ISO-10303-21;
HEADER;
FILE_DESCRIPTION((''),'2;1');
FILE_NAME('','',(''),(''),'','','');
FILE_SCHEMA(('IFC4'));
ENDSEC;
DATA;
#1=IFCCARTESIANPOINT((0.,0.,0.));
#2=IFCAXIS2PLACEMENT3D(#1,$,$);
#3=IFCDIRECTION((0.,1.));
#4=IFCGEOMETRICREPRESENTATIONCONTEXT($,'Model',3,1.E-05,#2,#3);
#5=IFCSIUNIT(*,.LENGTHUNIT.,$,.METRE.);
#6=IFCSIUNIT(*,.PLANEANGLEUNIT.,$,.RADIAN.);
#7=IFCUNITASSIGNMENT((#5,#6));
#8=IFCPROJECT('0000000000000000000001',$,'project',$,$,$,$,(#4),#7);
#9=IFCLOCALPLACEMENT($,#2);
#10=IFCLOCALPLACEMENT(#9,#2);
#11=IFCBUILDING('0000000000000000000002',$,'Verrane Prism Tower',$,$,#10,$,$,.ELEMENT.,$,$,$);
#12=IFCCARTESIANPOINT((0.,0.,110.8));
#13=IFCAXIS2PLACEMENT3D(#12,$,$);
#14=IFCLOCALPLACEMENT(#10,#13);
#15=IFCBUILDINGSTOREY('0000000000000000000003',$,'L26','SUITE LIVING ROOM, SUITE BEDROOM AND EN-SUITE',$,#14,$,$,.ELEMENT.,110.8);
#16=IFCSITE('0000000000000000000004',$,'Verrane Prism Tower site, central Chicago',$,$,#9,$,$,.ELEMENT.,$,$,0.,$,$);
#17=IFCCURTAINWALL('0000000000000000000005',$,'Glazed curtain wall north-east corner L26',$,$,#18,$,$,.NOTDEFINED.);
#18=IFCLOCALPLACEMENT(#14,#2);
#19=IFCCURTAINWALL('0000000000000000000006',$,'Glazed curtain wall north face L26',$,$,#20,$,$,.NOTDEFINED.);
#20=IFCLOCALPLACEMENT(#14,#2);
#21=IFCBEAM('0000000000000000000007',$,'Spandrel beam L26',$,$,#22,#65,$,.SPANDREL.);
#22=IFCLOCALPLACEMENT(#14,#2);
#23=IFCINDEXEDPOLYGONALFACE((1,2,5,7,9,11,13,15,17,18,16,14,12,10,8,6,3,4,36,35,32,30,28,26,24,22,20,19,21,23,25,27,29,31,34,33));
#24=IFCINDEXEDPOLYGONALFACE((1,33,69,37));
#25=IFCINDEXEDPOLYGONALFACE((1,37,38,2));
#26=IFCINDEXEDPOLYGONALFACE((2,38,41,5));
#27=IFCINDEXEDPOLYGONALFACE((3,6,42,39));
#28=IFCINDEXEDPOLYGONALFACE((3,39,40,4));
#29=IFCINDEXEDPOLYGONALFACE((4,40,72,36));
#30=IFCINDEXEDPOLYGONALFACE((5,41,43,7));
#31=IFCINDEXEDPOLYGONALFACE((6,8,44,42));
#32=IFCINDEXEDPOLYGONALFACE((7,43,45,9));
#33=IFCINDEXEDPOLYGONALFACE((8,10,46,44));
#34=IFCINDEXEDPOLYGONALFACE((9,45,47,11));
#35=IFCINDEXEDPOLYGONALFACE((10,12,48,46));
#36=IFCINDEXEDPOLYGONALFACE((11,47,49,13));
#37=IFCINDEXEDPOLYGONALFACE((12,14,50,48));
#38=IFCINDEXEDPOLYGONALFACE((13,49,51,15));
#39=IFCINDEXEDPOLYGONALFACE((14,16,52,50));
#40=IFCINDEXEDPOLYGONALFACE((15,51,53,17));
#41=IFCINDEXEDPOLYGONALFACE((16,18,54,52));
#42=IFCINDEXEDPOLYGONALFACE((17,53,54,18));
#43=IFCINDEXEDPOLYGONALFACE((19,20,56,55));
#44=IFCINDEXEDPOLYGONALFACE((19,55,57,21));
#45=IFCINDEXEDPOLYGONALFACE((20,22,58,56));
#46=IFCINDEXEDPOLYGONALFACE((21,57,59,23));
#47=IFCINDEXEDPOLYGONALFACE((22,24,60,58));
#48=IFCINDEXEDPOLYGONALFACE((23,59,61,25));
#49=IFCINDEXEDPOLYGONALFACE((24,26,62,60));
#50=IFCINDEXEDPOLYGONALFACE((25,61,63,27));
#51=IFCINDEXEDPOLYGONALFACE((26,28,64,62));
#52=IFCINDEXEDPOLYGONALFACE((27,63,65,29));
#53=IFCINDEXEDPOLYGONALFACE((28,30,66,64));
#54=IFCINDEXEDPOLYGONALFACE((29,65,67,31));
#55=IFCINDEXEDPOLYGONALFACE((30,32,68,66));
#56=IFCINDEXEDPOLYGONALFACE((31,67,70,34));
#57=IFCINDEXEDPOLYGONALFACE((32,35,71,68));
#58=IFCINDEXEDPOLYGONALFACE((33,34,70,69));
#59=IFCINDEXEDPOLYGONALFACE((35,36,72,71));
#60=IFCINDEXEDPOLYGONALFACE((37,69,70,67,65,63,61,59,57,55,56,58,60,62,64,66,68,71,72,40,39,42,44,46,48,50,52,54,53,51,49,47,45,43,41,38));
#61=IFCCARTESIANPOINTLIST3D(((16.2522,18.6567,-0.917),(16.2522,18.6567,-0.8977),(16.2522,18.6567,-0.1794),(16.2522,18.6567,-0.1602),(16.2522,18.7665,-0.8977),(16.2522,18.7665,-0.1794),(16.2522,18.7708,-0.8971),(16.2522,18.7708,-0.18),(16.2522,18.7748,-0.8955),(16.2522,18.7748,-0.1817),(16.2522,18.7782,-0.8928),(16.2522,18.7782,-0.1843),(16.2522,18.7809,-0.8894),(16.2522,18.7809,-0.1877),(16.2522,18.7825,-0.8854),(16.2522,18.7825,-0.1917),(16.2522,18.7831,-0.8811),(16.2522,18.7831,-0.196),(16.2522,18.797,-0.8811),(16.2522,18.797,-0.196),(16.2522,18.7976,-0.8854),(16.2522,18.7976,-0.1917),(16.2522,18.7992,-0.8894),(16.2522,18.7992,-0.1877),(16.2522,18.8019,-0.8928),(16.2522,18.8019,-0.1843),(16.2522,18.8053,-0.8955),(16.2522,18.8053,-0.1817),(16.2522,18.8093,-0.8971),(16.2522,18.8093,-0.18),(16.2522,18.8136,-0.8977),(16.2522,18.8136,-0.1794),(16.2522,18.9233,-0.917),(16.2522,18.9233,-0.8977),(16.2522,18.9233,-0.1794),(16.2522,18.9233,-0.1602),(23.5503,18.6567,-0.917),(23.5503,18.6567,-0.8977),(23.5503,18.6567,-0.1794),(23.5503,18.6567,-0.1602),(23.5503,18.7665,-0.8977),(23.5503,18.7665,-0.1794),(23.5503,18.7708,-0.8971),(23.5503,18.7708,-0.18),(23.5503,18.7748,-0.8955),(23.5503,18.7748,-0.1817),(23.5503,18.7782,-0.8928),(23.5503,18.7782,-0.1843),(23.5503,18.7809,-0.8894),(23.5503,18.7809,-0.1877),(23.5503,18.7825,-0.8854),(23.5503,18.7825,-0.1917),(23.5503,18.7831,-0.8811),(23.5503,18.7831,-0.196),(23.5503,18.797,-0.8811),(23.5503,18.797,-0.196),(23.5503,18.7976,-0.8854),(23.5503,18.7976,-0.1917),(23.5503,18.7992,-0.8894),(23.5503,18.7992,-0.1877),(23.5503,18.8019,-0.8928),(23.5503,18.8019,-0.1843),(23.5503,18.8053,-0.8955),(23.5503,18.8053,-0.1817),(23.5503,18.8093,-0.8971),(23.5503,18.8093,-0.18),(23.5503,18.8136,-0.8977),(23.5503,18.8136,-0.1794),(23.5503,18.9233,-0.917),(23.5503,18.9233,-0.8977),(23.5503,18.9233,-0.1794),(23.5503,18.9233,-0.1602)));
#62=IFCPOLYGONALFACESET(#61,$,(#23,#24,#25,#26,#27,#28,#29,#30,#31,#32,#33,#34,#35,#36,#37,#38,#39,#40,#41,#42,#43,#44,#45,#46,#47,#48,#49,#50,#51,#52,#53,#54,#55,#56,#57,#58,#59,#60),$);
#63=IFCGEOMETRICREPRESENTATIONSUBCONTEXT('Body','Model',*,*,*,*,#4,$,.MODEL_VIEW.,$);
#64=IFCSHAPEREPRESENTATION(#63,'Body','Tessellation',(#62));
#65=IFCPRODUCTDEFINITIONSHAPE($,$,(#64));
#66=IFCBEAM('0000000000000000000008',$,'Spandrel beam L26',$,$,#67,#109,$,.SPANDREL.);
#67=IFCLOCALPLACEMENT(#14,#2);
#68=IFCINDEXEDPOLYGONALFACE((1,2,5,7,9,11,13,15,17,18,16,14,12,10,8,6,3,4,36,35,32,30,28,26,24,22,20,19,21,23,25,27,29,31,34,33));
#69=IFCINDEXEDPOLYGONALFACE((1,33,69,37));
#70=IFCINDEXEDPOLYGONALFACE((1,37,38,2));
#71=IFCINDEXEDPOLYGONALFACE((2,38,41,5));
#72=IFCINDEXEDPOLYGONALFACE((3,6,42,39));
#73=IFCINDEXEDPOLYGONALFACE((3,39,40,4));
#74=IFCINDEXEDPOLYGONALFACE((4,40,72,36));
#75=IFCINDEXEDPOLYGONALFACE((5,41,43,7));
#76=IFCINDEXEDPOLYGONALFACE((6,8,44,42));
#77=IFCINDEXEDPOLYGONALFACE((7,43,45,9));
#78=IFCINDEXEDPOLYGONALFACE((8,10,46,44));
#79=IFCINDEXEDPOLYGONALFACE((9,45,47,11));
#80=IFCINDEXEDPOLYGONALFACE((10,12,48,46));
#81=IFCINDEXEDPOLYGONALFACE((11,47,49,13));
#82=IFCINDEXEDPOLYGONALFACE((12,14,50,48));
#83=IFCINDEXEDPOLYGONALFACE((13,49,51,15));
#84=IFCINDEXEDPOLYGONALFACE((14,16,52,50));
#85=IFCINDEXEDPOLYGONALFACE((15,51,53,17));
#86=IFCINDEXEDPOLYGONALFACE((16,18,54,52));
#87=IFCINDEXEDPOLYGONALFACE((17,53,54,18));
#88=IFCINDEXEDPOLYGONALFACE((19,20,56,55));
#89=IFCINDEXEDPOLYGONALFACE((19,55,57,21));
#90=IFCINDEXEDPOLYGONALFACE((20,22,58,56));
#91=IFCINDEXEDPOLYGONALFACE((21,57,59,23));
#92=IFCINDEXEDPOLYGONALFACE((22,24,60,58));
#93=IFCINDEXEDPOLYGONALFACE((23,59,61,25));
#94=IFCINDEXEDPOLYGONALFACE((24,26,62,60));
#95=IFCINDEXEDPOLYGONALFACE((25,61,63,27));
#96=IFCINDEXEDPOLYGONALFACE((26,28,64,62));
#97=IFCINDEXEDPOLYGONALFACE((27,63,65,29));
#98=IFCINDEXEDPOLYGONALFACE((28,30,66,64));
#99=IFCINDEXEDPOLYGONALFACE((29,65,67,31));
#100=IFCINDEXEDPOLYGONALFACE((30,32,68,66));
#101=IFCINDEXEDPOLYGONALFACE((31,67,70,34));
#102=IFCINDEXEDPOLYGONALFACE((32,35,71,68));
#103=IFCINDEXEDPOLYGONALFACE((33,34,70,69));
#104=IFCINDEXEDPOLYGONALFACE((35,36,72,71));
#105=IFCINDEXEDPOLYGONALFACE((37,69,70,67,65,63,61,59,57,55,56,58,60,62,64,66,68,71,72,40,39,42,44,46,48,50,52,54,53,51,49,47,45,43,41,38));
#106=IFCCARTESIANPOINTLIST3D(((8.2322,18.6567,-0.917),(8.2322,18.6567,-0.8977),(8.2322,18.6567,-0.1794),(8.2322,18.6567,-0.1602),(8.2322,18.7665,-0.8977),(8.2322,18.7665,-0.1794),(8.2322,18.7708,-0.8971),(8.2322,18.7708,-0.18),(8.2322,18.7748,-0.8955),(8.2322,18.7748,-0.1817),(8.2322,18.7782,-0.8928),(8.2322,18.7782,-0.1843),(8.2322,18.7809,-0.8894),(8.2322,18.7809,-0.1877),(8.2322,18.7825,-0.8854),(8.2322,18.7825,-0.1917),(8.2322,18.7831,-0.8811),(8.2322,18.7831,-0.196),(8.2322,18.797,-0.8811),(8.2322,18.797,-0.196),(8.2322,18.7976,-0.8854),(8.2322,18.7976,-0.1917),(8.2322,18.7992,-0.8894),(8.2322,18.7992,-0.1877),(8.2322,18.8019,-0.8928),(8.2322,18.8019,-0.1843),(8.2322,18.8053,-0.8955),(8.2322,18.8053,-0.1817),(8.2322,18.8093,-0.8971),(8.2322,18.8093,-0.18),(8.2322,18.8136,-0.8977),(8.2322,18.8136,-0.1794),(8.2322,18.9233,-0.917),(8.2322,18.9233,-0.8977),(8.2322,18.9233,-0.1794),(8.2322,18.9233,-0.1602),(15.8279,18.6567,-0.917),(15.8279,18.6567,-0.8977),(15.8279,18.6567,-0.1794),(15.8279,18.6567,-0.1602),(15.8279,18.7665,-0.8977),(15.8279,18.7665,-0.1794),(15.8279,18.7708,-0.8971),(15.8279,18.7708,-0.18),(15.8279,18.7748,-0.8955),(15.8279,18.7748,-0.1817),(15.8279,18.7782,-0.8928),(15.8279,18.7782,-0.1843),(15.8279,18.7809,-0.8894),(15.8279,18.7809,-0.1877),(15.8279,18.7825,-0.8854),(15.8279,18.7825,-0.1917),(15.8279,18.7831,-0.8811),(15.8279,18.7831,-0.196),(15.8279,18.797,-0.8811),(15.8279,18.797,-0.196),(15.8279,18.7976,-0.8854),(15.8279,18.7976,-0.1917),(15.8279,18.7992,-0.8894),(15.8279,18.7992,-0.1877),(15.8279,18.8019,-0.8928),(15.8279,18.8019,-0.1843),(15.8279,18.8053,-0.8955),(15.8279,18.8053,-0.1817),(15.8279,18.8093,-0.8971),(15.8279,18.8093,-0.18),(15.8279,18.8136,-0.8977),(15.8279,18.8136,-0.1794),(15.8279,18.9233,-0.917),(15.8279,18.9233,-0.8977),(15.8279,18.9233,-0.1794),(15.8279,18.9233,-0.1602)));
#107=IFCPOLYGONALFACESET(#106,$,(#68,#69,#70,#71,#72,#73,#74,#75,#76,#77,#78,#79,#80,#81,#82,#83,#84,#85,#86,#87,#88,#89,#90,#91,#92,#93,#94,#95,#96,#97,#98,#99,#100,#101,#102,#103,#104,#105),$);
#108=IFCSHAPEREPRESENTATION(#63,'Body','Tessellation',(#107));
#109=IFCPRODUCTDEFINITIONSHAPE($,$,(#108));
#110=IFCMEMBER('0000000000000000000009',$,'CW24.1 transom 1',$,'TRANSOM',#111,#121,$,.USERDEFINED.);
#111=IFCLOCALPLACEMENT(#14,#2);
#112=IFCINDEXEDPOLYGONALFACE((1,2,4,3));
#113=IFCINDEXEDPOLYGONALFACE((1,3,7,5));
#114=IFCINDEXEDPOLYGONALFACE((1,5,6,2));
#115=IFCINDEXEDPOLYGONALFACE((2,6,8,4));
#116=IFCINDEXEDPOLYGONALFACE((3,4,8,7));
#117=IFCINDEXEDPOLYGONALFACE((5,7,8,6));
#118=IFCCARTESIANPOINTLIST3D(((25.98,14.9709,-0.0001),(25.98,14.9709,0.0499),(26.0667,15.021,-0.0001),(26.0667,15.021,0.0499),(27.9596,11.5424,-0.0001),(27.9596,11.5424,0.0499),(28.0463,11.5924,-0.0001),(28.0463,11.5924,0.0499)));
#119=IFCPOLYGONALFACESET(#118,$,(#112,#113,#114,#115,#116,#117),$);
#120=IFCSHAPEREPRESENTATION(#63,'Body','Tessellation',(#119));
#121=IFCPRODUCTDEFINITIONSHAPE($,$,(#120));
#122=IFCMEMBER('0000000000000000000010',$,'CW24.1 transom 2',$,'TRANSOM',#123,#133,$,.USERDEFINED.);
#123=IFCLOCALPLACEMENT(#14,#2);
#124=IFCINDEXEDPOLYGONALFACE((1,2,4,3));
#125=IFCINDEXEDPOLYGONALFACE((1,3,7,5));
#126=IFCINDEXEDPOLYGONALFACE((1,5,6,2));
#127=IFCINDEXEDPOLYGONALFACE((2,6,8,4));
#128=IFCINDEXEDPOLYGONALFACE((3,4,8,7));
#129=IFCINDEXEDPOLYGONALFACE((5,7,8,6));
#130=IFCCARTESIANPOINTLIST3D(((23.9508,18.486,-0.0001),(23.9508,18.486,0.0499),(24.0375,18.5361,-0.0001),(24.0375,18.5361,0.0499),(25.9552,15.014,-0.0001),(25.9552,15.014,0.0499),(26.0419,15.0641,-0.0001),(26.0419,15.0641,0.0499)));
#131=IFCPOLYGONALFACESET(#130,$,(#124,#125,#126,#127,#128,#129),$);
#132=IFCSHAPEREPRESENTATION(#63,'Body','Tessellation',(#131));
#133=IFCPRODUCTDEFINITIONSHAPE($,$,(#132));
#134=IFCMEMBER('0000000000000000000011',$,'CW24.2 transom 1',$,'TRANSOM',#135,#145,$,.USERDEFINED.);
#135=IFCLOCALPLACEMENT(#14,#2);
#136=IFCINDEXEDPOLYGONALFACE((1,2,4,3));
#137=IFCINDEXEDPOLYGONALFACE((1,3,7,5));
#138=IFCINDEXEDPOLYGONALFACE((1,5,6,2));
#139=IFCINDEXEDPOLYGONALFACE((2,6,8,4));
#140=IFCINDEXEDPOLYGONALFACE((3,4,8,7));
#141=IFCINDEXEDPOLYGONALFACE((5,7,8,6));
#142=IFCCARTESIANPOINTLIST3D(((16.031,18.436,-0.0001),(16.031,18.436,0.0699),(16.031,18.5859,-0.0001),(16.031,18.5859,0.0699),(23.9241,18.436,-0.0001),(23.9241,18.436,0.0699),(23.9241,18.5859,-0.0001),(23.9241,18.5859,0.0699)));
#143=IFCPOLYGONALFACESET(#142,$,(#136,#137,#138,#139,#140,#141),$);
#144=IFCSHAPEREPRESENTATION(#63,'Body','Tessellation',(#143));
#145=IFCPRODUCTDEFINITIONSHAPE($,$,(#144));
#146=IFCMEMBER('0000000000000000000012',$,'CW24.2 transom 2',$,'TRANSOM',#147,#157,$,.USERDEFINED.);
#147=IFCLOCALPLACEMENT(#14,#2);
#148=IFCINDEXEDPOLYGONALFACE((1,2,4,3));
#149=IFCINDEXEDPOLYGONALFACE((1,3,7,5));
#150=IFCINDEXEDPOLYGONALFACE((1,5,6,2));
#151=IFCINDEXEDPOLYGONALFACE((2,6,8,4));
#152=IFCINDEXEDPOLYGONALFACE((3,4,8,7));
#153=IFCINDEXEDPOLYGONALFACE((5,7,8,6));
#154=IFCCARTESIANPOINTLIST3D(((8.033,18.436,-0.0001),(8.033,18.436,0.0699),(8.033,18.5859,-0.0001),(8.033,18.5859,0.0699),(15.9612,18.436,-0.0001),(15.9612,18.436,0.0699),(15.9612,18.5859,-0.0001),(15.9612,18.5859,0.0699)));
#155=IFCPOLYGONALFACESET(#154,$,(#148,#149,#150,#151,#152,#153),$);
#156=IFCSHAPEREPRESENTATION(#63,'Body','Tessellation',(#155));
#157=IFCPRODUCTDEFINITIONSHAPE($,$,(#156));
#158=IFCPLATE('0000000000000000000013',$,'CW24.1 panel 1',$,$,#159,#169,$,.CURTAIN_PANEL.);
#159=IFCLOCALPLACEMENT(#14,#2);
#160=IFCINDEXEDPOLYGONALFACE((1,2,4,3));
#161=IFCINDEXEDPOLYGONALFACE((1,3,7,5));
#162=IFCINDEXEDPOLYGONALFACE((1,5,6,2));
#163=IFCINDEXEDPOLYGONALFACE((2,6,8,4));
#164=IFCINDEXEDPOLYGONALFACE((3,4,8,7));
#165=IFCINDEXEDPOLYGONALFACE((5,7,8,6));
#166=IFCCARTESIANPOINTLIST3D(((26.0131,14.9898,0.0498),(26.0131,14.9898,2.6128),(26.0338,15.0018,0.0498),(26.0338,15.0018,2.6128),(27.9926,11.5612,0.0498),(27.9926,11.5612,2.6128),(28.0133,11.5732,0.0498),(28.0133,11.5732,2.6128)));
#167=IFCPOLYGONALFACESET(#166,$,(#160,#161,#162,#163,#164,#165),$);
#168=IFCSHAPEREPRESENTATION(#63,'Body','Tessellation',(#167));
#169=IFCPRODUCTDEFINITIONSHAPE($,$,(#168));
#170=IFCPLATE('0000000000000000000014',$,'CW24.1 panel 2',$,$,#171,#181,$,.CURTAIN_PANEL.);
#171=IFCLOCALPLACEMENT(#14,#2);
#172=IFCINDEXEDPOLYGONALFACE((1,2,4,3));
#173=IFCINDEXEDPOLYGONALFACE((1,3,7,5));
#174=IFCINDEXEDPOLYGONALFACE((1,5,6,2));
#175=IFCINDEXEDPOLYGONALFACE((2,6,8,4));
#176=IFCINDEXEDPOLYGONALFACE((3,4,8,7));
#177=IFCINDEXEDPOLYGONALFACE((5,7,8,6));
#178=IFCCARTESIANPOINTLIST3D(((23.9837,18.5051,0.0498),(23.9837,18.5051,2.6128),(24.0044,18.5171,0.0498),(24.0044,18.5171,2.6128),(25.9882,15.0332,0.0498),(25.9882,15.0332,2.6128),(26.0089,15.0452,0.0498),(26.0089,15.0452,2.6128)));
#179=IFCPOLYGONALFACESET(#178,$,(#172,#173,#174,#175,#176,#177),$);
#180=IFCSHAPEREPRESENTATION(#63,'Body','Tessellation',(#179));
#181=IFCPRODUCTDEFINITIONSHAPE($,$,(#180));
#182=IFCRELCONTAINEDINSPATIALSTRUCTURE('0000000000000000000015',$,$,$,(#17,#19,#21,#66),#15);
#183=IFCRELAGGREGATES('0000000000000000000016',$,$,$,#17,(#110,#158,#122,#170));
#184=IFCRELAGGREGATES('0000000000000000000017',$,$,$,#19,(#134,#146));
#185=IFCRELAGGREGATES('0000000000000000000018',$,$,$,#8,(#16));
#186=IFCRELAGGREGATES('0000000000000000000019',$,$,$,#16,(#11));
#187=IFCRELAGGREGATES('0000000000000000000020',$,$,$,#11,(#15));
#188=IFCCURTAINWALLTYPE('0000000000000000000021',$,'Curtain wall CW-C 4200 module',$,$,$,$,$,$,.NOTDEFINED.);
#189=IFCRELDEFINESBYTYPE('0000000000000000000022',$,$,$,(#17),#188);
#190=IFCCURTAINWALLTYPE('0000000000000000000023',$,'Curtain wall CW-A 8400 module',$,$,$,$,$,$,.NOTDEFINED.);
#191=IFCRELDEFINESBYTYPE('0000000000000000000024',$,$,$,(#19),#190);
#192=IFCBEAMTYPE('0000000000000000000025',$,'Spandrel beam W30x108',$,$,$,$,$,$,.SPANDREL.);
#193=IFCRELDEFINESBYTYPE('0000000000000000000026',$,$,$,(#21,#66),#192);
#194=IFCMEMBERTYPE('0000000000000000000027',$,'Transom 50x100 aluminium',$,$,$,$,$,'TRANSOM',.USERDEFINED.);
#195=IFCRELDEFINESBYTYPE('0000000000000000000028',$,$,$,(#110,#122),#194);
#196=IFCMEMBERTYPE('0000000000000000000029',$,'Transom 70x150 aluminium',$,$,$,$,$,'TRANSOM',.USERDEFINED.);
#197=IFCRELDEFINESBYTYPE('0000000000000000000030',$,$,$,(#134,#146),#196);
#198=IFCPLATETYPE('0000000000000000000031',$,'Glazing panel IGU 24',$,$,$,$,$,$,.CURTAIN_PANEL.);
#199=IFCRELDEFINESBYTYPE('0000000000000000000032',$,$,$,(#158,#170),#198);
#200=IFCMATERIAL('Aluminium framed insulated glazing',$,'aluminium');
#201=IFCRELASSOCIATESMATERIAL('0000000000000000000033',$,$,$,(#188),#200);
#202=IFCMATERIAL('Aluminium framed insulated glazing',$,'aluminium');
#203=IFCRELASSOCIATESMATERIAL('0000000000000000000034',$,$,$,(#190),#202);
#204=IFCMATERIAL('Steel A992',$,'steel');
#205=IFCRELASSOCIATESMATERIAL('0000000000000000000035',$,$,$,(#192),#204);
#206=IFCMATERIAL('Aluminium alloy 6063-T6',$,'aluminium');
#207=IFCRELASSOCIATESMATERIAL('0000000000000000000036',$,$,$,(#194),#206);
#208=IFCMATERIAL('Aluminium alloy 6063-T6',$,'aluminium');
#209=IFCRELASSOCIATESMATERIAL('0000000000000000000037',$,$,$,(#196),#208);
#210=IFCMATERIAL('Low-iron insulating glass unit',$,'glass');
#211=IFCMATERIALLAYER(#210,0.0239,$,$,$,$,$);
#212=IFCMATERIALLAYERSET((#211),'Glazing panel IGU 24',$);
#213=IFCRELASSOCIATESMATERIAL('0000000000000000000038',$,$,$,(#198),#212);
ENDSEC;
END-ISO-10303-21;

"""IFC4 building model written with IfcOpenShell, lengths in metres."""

from ifc_helpers import new_model, si_unit, direction, frame, origin, origin_2d, place, context, subcontext, project, spatial, rectangle, i_section, extrude, material, layer, layer_set, material_profile, profile_set, type_object, element, aggregate, save


model = new_model("IFC4")

# Units and contexts
model_context = context("Model", 3, precision=1e-05, world=origin(), true_north=direction((0.0, 1.0)))
body_context = subcontext(model_context, "Body", "Model", "MODEL_VIEW")
ifc_project = project(units=[si_unit("LENGTHUNIT", "METRE"), si_unit("PLANEANGLEUNIT", "RADIAN")], contexts=[model_context])

# Site, building, storey
site_placement = place(None, origin())
site = spatial("IfcSite", under=ifc_project, at=site_placement, Name="Verrane Prism Tower site, central Chicago", CompositionType="ELEMENT", RefElevation=0.0)
building_placement = place(site_placement, origin())
building = spatial("IfcBuilding", under=site, at=building_placement, Name="Verrane Prism Tower", CompositionType="ELEMENT")
storey_placement = place(building_placement, frame((0.0, 0.0, 110.8)))
storey = spatial("IfcBuildingStorey", under=building, at=storey_placement, Name="L26", Description="SUITE LIVING ROOM, SUITE BEDROOM AND EN-SUITE", CompositionType="ELEMENT", Elevation=110.8)

# Curtain walls
ifc_material_1 = material(Name="Aluminium framed insulated glazing", Category="aluminium")
curtain_wall_type_1 = type_object("IfcCurtainWallType", Name="Curtain wall CW-C 4200 module", PredefinedType="NOTDEFINED", material=ifc_material_1)
curtain_wall_1_placement = place(storey_placement, origin())
curtain_wall_1 = element("IfcCurtainWall", 1, at=curtain_wall_1_placement, inside=storey, type_object=curtain_wall_type_1, Name="Glazed curtain wall north-east corner L26", PredefinedType="NOTDEFINED")
ifc_material_2 = material(Name="Aluminium framed insulated glazing", Category="aluminium")
curtain_wall_type_2 = type_object("IfcCurtainWallType", Name="Curtain wall CW-A 8400 module", PredefinedType="NOTDEFINED", material=ifc_material_2)
curtain_wall_2_placement = place(storey_placement, origin())
curtain_wall_2 = element("IfcCurtainWall", 2, at=curtain_wall_2_placement, inside=storey, type_object=curtain_wall_type_2, Name="Glazed curtain wall north face L26", PredefinedType="NOTDEFINED")

# Beams
ifc_material_3 = material(Name="Steel A992", Category="steel")
ifc_material_profile_1 = material_profile(ifc_material_3, i_section(OverallWidth=0.2666, OverallDepth=0.7568, WebThickness=0.0139, FlangeThickness=0.0193, FilletRadius=0.0166, at=origin_2d()), Name="W30x108")
ifc_profile_set_1 = profile_set([ifc_material_profile_1], Name="Steel A992")
beam_type_1 = type_object("IfcBeamType", Name="Spandrel beam W30x108", PredefinedType="SPANDREL", material=ifc_profile_set_1)
beam_1_placement = place(storey_placement, frame((23.5503, 18.79, -0.5386), z_axis=(-1.0, 0.0, 0.0), x_axis=(0.0, -1.0, 0.0)))
element("IfcBeam", 3, at=beam_1_placement, inside=storey, type_object=beam_type_1, Name="Spandrel beam L26", PredefinedType="SPANDREL", context=body_context, shape_type="SweptSolid", body=[
    extrude(i_section(OverallWidth=0.2666, OverallDepth=0.7568, WebThickness=0.0139, FlangeThickness=0.0193, FilletRadius=0.0166, at=origin_2d()), origin(), (0.0, 0.0, 1.0), 7.2981),
])
beam_2_placement = place(storey_placement, frame((15.8279, 18.79, -0.5386), z_axis=(-1.0, 0.0, 0.0), x_axis=(0.0, -1.0, 0.0)))
element("IfcBeam", 4, at=beam_2_placement, inside=storey, type_object=beam_type_1, Name="Spandrel beam L26", PredefinedType="SPANDREL", context=body_context, shape_type="SweptSolid", body=[
    extrude(i_section(OverallWidth=0.2666, OverallDepth=0.7568, WebThickness=0.0139, FlangeThickness=0.0193, FilletRadius=0.0166, at=origin_2d()), origin(), (0.0, 0.0, 1.0), 7.5957),
])

# Members
ifc_material_4 = material(Name="Aluminium alloy 6063-T6", Category="aluminium")
ifc_material_profile_2 = material_profile(ifc_material_4, rectangle(XDim=0.1001, YDim=0.05, at=origin_2d()), Name="Transom 50x100 aluminium")
ifc_profile_set_2 = profile_set([ifc_material_profile_2], Name="Aluminium alloy 6063-T6")
member_type_1 = type_object("IfcMemberType", Name="Transom 50x100 aluminium", ElementType="TRANSOM", PredefinedType="USERDEFINED", material=ifc_profile_set_2)
member_1_placement = place(storey_placement, frame((28.0029, 11.5674, 0.0249), z_axis=(-0.500012, 0.866018, 0.0), x_axis=(-0.866018, -0.500012, 0.0)))
member_1 = element("IfcMember", 5, at=member_1_placement, type_object=member_type_1, Name="CW24.1 transom 1", ObjectType="TRANSOM", PredefinedType="USERDEFINED", context=body_context, shape_type="SweptSolid", body=[
    extrude(rectangle(XDim=0.1001, YDim=0.05, at=origin_2d()), origin(), (0.0, 0.0, 1.0), 3.959),
])
member_2_placement = place(storey_placement, frame((25.9985, 15.0391, 0.0249), z_axis=(-0.499977, 0.866039, 0.0), x_axis=(-0.866039, -0.499977, 0.0)))
member_2 = element("IfcMember", 6, at=member_2_placement, type_object=member_type_1, Name="CW24.1 transom 2", ObjectType="TRANSOM", PredefinedType="USERDEFINED", context=body_context, shape_type="SweptSolid", body=[
    extrude(rectangle(XDim=0.1001, YDim=0.05, at=origin_2d()), origin(), (0.0, 0.0, 1.0), 4.009),
])
ifc_material_5 = material(Name="Aluminium alloy 6063-T6", Category="aluminium")
ifc_material_profile_3 = material_profile(ifc_material_5, rectangle(XDim=0.1499, YDim=0.0701, at=origin_2d()), Name="Transom 70x150 aluminium")
ifc_profile_set_3 = profile_set([ifc_material_profile_3], Name="Aluminium alloy 6063-T6")
member_type_2 = type_object("IfcMemberType", Name="Transom 70x150 aluminium", ElementType="TRANSOM", PredefinedType="USERDEFINED", material=ifc_profile_set_3)
member_3_placement = place(storey_placement, frame((23.9241, 18.511, 0.0349), z_axis=(-1.0, 0.0, 0.0), x_axis=(0.0, -1.0, 0.0)))
member_3 = element("IfcMember", 7, at=member_3_placement, type_object=member_type_2, Name="CW24.2 transom 1", ObjectType="TRANSOM", PredefinedType="USERDEFINED", context=body_context, shape_type="SweptSolid", body=[
    extrude(rectangle(XDim=0.1499, YDim=0.0701, at=origin_2d()), origin(), (0.0, 0.0, 1.0), 7.8931),
])
member_4_placement = place(storey_placement, frame((15.9612, 18.511, 0.0349), z_axis=(-1.0, 0.0, 0.0), x_axis=(0.0, -1.0, 0.0)))
member_4 = element("IfcMember", 8, at=member_4_placement, type_object=member_type_2, Name="CW24.2 transom 2", ObjectType="TRANSOM", PredefinedType="USERDEFINED", context=body_context, shape_type="SweptSolid", body=[
    extrude(rectangle(XDim=0.1499, YDim=0.0701, at=origin_2d()), origin(), (0.0, 0.0, 1.0), 7.9282),
])

# Plates
ifc_material_6 = material(Name="Low-iron insulating glass unit", Category="glass")
ifc_layer_1 = layer(ifc_material_6, 0.0239)
ifc_layer_set_1 = layer_set([ifc_layer_1], Name="Glazing panel IGU 24")
plate_type_1 = type_object("IfcPlateType", Name="Glazing panel IGU 24", PredefinedType="CURTAIN_PANEL", material=ifc_layer_set_1)
plate_1_placement = place(storey_placement, frame((27.0132, 13.2815, 0.0498), z_axis=(0.0, 0.0, 1.0), x_axis=(-0.499996, 0.866028, 0.0)))
plate_1 = element("IfcPlate", 9, at=plate_1_placement, type_object=plate_type_1, Name="CW24.1 panel 1", PredefinedType="CURTAIN_PANEL", context=body_context, shape_type="SweptSolid", body=[
    extrude(rectangle(XDim=3.959, YDim=0.0239, at=origin_2d()), origin(), (0.0, 0.0, 1.0), 2.563),
])
plate_2_placement = place(storey_placement, frame((24.9963, 16.7751, 0.0498), z_axis=(0.0, 0.0, 1.0), x_axis=(-0.499996, 0.866028, 0.0)))
plate_2 = element("IfcPlate", 10, at=plate_2_placement, type_object=plate_type_1, Name="CW24.1 panel 2", PredefinedType="CURTAIN_PANEL", context=body_context, shape_type="SweptSolid", body=[
    extrude(rectangle(XDim=4.009, YDim=0.0239, at=origin_2d()), origin(), (0.0, 0.0, 1.0), 2.563),
])
aggregate(curtain_wall_1, [member_1, plate_1, member_2, plate_2])
aggregate(curtain_wall_2, [member_3, member_4])

save(model, "model.ifc")
